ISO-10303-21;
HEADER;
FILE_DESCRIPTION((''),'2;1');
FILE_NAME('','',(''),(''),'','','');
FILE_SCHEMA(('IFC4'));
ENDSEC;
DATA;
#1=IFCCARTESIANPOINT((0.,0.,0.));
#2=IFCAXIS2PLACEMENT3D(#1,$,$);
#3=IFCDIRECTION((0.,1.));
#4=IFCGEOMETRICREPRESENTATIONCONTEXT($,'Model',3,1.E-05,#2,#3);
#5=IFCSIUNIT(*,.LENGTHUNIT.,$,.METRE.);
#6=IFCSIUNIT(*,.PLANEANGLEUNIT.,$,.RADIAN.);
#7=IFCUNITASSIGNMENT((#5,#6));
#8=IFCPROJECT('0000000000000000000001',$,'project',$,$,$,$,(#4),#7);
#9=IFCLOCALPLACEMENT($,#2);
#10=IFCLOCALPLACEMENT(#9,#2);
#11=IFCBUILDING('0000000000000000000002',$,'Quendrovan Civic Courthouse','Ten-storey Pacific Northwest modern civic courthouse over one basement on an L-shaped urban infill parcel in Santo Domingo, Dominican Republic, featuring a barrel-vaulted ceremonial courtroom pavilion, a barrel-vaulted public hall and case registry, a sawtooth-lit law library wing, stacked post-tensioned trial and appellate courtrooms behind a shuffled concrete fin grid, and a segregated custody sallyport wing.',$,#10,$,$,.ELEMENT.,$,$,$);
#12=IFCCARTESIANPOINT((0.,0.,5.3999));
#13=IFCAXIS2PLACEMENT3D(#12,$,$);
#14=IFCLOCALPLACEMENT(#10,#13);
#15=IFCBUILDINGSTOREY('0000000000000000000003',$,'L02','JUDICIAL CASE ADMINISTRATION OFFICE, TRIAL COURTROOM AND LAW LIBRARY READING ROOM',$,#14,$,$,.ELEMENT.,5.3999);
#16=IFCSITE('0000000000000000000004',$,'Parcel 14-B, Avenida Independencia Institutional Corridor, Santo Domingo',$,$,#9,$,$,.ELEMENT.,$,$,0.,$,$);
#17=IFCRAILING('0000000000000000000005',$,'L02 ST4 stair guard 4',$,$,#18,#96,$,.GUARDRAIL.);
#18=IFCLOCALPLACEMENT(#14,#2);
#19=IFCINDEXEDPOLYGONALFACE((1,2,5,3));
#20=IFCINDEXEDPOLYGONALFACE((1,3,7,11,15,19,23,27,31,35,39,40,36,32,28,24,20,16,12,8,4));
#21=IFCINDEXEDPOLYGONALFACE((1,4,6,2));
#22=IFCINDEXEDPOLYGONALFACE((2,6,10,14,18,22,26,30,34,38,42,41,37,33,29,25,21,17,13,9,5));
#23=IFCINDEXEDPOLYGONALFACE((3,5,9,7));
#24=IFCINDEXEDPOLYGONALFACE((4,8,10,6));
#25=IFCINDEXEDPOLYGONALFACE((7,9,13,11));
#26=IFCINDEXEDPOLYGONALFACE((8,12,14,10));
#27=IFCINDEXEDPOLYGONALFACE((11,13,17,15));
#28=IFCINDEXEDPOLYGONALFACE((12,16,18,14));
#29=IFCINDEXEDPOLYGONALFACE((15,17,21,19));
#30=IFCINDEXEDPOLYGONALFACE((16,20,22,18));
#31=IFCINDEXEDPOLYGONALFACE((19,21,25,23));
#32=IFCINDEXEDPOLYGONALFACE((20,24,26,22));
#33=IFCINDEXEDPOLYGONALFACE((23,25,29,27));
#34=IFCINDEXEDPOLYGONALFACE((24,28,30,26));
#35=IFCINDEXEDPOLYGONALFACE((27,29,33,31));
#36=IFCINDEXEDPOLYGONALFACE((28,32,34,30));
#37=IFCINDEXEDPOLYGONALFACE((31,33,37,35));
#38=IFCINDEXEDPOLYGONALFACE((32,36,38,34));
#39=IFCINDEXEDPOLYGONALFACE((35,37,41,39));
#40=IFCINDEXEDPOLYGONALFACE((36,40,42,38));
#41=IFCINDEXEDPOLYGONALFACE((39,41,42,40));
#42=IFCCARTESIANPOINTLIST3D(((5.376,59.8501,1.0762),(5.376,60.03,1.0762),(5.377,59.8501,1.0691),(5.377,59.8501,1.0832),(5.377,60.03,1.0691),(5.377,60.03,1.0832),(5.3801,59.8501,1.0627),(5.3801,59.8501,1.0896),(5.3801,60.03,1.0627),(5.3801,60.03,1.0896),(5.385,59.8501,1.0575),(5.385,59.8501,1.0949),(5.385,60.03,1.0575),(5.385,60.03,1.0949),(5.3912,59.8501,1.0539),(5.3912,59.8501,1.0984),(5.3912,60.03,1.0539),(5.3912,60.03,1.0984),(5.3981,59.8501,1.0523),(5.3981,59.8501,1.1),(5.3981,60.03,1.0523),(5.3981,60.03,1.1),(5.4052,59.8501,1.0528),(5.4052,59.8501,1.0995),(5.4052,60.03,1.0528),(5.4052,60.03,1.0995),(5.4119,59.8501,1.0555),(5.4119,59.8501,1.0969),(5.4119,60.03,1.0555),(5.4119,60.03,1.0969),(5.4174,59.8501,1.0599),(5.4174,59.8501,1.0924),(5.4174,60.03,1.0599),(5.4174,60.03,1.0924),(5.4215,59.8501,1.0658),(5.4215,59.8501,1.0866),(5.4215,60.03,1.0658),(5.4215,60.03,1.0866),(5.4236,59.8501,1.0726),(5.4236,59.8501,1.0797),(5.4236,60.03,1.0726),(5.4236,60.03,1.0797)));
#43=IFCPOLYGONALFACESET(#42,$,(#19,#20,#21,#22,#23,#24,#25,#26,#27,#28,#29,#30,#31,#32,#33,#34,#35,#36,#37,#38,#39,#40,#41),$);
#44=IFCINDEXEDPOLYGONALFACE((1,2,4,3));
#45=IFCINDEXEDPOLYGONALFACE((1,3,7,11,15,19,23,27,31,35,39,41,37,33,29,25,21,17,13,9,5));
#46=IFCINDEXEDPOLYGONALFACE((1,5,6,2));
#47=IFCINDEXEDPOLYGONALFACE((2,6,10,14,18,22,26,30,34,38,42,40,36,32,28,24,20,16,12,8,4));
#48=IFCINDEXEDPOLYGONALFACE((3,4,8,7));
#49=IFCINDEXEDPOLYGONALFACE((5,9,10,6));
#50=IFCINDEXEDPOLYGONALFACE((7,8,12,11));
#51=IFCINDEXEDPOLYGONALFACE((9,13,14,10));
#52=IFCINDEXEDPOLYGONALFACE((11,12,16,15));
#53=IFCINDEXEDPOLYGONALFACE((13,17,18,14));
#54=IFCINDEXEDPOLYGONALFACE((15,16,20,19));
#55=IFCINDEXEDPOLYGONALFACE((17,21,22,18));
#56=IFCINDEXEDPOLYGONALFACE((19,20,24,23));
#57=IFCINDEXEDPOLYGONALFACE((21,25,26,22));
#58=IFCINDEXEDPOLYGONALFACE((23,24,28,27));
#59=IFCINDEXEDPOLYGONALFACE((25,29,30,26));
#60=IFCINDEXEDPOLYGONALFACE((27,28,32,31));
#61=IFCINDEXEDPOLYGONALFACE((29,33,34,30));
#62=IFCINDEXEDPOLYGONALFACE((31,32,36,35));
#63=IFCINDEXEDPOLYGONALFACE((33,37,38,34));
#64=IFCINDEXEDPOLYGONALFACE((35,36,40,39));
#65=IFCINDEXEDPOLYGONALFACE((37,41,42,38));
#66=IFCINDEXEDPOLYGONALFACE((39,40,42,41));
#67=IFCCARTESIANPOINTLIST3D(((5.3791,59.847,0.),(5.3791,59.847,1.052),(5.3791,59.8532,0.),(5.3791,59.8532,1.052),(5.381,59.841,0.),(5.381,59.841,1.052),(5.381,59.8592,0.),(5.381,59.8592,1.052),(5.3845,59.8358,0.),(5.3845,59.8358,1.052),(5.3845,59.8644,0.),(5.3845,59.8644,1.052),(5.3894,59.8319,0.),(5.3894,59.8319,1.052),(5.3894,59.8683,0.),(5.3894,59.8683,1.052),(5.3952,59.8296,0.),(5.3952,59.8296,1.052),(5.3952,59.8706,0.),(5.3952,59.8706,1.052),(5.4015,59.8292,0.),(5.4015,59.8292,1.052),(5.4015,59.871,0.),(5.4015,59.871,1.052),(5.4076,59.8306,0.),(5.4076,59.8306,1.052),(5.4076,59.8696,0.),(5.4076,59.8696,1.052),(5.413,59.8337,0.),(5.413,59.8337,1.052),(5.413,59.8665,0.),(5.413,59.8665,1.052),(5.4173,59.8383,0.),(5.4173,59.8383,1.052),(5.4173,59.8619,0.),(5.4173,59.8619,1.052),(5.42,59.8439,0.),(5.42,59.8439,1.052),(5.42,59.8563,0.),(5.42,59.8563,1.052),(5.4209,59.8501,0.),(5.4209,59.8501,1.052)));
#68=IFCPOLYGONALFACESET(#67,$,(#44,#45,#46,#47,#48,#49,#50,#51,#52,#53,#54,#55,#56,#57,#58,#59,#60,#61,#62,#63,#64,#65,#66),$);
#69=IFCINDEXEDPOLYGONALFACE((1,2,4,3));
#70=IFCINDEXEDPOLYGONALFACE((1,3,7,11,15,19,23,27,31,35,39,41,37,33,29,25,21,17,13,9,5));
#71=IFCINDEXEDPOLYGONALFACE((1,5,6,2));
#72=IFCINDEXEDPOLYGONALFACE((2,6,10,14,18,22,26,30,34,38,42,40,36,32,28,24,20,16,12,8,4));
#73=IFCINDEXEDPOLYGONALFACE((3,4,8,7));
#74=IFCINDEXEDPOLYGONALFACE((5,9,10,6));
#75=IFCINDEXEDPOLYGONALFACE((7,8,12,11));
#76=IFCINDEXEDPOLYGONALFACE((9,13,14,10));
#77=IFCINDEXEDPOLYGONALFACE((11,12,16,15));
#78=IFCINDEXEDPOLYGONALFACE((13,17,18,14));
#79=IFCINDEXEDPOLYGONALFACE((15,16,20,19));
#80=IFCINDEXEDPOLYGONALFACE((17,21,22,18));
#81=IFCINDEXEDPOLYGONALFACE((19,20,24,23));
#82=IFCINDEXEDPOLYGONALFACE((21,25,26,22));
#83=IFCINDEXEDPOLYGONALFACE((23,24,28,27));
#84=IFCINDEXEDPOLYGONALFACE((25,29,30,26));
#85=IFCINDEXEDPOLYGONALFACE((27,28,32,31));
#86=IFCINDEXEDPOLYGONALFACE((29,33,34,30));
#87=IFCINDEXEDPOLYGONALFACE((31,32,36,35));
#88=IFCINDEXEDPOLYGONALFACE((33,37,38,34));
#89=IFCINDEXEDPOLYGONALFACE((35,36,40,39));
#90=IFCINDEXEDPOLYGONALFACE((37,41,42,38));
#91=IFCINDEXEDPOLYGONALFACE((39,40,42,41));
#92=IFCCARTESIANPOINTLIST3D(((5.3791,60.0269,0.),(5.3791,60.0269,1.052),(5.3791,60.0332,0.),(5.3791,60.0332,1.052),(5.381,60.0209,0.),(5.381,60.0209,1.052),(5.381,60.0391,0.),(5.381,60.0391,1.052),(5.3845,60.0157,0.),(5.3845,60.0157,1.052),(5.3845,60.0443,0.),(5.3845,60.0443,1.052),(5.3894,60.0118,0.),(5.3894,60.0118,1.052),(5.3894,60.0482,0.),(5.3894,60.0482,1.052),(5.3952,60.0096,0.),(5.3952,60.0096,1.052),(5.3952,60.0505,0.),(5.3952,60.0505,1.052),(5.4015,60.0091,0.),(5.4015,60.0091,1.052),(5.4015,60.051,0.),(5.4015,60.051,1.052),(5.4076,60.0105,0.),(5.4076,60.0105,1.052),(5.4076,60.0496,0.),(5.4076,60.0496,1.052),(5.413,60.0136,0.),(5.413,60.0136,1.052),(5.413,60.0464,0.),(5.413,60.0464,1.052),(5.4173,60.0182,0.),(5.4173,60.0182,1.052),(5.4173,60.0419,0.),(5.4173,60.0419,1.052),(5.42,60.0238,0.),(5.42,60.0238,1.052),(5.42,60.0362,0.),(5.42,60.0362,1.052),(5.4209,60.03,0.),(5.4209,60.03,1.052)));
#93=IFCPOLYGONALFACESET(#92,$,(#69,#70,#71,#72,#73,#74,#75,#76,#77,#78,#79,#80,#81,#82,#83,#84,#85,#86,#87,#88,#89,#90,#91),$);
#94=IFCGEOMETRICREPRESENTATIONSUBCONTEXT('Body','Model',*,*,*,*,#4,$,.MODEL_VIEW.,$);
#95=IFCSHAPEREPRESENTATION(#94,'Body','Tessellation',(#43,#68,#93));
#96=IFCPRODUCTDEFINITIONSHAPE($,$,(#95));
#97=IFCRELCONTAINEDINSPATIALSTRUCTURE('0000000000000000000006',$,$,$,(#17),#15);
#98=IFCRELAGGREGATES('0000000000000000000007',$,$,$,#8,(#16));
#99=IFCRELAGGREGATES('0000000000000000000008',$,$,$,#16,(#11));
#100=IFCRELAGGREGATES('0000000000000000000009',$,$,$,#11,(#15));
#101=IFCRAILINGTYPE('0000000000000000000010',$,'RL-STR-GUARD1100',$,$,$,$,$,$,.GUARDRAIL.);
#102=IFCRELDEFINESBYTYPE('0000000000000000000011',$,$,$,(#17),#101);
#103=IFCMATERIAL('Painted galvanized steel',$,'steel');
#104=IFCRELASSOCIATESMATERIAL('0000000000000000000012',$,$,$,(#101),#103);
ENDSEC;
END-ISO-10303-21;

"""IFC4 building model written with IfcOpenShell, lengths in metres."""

from ifc_helpers import new_model, si_unit, direction, frame, origin, origin_2d, place, context, subcontext, project, spatial, circle, extrude, material, type_object, element, save


model = new_model("IFC4")

# Units and contexts
model_context = context("Model", 3, precision=1e-05, world=origin(), true_north=direction((0.0, 1.0)))
body_context = subcontext(model_context, "Body", "Model", "MODEL_VIEW")
ifc_project = project(units=[si_unit("LENGTHUNIT", "METRE"), si_unit("PLANEANGLEUNIT", "RADIAN")], contexts=[model_context])

# Site, building, storey
site_placement = place(None, origin())
site = spatial("IfcSite", under=ifc_project, at=site_placement, Name="Parcel 14-B, Avenida Independencia Institutional Corridor, Santo Domingo", CompositionType="ELEMENT", RefElevation=0.0)
building_placement = place(site_placement, origin())
building = spatial("IfcBuilding", under=site, at=building_placement, Name="Quendrovan Civic Courthouse", Description="Ten-storey Pacific Northwest modern civic courthouse over one basement on an L-shaped urban infill parcel in Santo Domingo, Dominican Republic, featuring a barrel-vaulted ceremonial courtroom pavilion, a barrel-vaulted public hall and case registry, a sawtooth-lit law library wing, stacked post-tensioned trial and appellate courtrooms behind a shuffled concrete fin grid, and a segregated custody sallyport wing.", CompositionType="ELEMENT")
storey_placement = place(building_placement, frame((0.0, 0.0, 5.3999)))
storey = spatial("IfcBuildingStorey", under=building, at=storey_placement, Name="L02", Description="JUDICIAL CASE ADMINISTRATION OFFICE, TRIAL COURTROOM AND LAW LIBRARY READING ROOM", CompositionType="ELEMENT", Elevation=5.3999)

# Railing
ifc_material_1 = material(Name="Painted galvanized steel", Category="steel")
railing_type_1 = type_object("IfcRailingType", Name="RL-STR-GUARD1100", PredefinedType="GUARDRAIL", material=ifc_material_1)
railing_1_placement = place(storey_placement, frame((5.3999, 59.8501, 0.0)))
element("IfcRailing", 1, at=railing_1_placement, inside=storey, type_object=railing_type_1, Name="L02 ST4 stair guard 4", PredefinedType="GUARDRAIL", context=body_context, shape_type="SweptSolid", body=[
    extrude(circle(Radius=0.0239, at=origin_2d()), frame((0.0, 0.0, 1.0762), z_axis=(0.0, 1.0, 0.0), x_axis=(-1.0, 0.0, 0.0)), (0.0, 0.0, 1.0), 0.1799),
    extrude(circle(Radius=0.021, at=origin_2d()), origin(), (0.0, 0.0, 1.0), 1.052),
    extrude(circle(Radius=0.021, at=origin_2d()), frame((0.0, 0.1799, 0.0)), (0.0, 0.0, 1.0), 1.052),
])

save(model, "model.ifc")
